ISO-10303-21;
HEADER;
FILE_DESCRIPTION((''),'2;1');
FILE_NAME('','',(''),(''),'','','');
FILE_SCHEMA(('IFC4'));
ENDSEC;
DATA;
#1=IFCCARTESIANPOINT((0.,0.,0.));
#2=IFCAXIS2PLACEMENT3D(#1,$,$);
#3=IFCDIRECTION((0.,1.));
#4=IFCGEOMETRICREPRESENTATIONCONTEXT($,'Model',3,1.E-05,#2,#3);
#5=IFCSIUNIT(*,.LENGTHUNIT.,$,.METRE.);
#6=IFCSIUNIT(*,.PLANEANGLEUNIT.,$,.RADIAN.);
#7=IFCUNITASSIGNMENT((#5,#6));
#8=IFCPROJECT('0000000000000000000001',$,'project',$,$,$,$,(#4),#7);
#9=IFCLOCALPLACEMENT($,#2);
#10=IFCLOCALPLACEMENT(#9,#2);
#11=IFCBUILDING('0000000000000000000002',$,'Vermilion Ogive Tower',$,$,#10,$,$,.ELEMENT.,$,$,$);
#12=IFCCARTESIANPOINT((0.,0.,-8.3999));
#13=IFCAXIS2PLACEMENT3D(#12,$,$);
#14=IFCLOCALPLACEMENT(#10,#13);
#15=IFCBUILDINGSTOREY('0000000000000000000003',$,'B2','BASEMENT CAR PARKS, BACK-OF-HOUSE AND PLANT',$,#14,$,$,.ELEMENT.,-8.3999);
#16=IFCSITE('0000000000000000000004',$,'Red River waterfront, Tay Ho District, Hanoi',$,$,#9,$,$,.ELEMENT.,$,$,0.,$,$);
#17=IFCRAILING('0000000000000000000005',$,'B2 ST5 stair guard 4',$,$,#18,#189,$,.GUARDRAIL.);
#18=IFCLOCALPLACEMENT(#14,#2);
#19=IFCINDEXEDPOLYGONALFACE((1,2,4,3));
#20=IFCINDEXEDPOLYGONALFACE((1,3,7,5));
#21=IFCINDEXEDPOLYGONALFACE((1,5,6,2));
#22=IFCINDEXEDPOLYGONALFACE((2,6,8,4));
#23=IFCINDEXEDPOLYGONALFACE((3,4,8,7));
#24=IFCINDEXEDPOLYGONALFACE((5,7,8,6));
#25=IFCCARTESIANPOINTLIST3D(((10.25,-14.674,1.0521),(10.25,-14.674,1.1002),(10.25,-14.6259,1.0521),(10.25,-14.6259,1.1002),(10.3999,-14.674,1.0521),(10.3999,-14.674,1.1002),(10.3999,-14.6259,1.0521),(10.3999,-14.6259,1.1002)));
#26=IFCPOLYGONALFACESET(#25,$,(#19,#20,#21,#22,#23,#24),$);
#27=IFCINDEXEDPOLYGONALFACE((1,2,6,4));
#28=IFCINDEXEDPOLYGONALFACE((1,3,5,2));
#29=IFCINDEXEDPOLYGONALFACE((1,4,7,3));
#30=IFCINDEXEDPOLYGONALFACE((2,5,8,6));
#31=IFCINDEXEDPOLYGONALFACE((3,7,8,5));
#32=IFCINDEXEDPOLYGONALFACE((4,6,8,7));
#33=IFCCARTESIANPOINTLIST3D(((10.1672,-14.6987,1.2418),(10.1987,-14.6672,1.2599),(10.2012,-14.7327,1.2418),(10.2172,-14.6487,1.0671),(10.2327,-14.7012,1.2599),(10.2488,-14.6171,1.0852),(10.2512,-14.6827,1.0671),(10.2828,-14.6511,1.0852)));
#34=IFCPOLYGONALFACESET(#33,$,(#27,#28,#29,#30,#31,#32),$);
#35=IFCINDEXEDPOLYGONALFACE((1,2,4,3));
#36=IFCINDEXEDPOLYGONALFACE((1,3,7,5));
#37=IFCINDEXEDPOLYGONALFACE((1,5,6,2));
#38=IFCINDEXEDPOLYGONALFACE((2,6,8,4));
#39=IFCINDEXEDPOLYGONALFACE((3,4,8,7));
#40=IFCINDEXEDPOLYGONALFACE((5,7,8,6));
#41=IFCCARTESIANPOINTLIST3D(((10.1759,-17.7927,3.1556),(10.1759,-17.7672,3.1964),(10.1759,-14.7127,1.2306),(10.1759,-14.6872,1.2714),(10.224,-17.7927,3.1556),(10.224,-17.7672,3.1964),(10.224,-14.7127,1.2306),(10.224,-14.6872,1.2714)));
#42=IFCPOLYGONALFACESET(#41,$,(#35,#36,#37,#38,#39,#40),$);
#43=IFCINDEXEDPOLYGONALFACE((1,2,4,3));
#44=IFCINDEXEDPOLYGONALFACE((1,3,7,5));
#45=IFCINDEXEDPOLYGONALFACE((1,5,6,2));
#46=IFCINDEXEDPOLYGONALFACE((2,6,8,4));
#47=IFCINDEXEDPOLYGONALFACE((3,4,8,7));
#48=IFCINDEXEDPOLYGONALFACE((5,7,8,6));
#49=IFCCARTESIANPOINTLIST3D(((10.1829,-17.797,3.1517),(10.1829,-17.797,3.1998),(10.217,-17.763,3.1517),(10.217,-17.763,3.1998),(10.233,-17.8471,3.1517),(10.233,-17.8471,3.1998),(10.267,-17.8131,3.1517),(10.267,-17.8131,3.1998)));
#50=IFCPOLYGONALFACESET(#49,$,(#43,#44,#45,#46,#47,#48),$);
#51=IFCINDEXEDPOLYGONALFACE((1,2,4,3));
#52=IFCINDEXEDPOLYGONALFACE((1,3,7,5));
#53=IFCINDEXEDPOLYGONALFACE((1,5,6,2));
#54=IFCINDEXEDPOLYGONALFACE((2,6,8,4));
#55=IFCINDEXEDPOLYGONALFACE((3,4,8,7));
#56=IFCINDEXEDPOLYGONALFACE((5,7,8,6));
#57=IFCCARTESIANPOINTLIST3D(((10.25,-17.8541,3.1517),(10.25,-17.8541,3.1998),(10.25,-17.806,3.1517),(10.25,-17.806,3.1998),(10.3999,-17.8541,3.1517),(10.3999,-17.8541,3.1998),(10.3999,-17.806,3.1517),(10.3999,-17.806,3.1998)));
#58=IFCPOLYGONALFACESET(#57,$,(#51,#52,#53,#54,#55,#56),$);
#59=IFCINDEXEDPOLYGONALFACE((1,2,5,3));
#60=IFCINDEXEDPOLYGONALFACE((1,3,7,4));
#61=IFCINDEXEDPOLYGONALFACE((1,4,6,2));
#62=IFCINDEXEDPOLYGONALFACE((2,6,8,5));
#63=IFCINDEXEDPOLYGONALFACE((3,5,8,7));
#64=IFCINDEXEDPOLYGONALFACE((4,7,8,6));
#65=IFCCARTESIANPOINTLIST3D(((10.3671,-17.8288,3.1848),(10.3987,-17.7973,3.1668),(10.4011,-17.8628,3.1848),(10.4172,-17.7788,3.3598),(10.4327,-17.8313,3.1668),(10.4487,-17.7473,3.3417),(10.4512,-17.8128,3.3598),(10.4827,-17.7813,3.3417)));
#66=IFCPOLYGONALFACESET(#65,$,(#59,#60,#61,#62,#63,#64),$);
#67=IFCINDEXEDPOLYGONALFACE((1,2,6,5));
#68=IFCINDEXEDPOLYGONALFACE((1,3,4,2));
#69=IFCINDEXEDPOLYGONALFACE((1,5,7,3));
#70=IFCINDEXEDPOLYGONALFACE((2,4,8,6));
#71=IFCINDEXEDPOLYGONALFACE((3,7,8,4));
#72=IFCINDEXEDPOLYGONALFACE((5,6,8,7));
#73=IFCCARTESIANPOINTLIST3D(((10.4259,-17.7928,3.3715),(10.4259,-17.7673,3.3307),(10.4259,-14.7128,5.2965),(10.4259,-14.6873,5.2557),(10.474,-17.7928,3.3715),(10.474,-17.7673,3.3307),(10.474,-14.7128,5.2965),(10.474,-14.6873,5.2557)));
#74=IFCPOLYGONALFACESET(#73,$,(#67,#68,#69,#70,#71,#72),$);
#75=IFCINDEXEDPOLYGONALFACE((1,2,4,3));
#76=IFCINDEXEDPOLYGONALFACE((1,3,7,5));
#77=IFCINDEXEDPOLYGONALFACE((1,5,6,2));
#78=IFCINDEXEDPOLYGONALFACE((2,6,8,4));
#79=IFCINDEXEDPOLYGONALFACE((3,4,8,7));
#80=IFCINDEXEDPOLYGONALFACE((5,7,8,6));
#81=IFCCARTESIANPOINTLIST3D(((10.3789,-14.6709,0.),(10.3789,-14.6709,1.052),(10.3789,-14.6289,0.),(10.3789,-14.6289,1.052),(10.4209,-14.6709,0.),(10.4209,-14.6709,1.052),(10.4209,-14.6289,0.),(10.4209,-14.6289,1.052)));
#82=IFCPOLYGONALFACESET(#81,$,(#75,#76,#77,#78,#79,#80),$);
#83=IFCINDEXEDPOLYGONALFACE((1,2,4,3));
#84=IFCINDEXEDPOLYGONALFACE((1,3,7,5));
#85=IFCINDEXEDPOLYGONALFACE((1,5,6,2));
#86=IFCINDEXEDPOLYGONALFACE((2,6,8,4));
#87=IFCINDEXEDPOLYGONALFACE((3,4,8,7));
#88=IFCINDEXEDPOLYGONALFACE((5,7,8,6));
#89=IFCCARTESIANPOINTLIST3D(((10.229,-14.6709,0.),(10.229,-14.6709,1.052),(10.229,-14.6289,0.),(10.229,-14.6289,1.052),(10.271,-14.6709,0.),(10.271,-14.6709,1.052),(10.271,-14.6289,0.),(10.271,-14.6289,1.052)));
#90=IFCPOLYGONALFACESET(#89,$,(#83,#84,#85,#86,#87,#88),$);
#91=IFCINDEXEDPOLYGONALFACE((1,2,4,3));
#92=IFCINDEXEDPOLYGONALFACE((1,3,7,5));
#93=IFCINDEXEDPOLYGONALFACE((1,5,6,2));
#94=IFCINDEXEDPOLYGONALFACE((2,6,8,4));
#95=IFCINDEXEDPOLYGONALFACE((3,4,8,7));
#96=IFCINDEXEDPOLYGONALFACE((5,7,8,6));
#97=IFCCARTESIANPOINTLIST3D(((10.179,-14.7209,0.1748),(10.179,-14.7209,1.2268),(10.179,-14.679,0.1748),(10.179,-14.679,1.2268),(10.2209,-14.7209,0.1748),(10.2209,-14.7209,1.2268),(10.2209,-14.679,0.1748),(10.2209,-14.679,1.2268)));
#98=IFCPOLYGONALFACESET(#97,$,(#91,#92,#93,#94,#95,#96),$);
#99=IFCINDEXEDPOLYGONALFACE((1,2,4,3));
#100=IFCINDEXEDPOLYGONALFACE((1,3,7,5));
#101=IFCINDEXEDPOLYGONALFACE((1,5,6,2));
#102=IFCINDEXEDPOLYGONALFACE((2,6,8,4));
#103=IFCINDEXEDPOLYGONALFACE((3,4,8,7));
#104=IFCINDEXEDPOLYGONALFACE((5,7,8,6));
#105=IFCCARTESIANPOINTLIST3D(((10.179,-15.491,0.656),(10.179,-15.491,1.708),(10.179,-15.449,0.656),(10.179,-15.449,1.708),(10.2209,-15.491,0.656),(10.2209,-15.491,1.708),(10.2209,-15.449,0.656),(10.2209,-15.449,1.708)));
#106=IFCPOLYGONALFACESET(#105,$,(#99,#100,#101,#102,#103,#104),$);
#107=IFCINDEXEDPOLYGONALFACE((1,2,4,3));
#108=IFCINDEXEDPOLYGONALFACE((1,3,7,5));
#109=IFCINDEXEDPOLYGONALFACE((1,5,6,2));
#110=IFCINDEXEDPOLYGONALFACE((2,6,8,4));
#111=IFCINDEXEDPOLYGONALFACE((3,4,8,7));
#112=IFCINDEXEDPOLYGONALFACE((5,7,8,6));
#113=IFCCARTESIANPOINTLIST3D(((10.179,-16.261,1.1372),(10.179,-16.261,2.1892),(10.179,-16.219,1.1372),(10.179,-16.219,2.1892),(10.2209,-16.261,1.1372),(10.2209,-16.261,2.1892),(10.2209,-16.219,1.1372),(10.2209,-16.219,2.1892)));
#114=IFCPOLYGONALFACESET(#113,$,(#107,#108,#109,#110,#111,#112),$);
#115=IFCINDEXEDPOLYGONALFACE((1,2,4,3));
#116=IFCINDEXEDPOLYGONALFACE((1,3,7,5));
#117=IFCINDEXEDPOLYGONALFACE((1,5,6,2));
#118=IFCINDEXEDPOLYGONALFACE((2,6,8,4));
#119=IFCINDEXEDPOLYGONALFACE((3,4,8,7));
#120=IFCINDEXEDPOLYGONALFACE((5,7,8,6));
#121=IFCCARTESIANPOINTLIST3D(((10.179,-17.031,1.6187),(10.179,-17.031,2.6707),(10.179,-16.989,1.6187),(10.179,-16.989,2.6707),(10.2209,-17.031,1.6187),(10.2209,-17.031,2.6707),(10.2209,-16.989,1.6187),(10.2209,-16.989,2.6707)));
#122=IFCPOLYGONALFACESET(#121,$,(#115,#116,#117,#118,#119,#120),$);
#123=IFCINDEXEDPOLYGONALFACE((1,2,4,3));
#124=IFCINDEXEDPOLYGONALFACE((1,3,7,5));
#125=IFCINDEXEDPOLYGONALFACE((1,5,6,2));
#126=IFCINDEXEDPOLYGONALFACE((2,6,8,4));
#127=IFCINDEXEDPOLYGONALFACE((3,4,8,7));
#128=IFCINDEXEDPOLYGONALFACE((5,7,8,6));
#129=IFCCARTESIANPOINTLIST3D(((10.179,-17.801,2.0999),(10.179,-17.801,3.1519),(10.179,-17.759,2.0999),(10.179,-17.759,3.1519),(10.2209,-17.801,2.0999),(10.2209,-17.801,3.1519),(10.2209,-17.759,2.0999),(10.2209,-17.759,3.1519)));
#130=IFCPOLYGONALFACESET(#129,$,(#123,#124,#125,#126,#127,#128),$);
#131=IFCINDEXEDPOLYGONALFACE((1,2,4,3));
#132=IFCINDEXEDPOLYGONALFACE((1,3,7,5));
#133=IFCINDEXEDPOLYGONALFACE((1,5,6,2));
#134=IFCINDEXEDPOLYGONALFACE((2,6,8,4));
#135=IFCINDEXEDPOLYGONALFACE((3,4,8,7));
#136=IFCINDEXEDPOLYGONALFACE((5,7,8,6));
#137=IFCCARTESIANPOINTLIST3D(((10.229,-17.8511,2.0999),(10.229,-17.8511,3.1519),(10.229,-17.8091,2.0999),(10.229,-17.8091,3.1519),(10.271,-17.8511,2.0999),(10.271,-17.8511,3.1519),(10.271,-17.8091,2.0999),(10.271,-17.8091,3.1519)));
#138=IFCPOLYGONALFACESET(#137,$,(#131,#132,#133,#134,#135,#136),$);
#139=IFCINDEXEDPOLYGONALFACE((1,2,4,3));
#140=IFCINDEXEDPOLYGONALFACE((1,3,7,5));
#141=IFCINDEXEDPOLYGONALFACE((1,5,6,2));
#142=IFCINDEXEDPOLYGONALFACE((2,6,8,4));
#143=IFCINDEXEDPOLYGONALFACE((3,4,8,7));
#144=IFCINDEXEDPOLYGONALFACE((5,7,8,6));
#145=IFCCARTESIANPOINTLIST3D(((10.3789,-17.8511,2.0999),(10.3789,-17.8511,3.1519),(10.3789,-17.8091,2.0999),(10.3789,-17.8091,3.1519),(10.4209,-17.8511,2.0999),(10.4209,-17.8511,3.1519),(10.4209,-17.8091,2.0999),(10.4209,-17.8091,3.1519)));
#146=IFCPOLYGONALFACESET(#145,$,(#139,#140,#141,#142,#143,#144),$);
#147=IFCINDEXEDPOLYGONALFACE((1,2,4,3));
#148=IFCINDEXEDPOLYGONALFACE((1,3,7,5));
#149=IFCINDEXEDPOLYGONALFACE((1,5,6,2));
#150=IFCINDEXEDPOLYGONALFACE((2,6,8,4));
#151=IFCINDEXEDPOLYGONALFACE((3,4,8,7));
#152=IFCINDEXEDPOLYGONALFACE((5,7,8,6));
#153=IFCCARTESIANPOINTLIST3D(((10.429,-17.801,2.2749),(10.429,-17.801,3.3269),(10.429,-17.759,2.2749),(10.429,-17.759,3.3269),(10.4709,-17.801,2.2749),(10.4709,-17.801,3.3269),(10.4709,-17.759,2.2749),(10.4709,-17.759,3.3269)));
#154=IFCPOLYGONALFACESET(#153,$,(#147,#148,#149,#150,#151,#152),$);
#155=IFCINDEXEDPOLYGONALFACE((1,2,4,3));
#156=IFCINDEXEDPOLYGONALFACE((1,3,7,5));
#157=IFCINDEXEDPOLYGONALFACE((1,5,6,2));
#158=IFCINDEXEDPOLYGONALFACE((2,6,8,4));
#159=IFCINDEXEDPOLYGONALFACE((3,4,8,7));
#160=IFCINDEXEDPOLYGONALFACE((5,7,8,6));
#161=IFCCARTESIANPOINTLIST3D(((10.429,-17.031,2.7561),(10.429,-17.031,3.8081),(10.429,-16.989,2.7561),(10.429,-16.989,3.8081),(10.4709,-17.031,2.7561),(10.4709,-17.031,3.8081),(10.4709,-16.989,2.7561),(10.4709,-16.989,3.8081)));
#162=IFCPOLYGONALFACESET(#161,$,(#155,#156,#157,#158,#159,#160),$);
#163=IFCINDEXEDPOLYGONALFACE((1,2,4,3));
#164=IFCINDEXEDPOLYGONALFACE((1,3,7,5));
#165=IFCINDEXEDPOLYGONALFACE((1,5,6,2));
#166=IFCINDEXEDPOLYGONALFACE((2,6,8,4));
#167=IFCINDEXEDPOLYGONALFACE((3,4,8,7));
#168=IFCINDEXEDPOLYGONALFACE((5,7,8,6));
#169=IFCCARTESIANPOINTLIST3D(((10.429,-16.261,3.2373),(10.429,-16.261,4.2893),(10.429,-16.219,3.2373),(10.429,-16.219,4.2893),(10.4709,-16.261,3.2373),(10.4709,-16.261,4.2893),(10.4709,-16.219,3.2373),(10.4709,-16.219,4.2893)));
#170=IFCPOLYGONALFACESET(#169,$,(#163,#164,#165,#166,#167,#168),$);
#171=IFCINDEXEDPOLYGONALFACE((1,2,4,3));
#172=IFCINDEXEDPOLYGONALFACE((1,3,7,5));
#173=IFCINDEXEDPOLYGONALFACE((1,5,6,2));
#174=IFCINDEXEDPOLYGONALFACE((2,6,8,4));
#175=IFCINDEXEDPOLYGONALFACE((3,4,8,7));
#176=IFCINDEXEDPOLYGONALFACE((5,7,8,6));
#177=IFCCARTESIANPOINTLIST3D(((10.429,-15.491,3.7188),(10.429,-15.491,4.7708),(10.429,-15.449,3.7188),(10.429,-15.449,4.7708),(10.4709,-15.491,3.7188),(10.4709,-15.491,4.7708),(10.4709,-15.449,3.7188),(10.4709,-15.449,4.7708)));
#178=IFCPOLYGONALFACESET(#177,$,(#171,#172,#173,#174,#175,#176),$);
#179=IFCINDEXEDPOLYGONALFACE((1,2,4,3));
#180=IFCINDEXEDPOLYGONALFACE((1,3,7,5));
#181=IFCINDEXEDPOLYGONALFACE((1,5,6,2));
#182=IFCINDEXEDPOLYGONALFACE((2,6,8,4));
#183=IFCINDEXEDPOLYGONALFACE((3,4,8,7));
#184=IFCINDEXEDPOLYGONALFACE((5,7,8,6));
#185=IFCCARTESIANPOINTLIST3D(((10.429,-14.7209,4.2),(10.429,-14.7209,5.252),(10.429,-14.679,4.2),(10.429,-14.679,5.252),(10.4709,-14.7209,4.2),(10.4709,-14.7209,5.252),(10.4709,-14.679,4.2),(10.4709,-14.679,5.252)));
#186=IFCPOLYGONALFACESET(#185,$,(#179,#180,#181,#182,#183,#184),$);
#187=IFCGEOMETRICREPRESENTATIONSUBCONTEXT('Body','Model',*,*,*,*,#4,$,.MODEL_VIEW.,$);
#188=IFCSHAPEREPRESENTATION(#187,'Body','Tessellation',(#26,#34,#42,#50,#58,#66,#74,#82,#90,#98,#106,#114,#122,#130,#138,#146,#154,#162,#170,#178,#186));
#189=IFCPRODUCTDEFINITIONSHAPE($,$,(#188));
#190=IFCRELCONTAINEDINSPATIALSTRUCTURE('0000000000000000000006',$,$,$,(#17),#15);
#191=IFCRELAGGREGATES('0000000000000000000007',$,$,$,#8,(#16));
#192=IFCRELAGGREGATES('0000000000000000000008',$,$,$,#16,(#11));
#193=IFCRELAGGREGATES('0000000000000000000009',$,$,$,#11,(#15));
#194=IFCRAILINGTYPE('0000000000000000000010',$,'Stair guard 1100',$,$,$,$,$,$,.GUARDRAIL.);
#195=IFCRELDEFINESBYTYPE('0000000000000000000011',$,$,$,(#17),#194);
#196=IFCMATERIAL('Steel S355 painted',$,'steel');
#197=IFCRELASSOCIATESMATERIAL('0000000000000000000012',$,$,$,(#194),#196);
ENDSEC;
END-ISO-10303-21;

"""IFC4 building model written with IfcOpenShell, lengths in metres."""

from ifc_helpers import new_model, si_unit, direction, frame, origin, origin_2d, place, context, subcontext, project, spatial, rectangle, extrude, material, type_object, element, save


model = new_model("IFC4")

# Units and contexts
model_context = context("Model", 3, precision=1e-05, world=origin(), true_north=direction((0.0, 1.0)))
body_context = subcontext(model_context, "Body", "Model", "MODEL_VIEW")
ifc_project = project(units=[si_unit("LENGTHUNIT", "METRE"), si_unit("PLANEANGLEUNIT", "RADIAN")], contexts=[model_context])

# Site, building, storey
site_placement = place(None, origin())
site = spatial("IfcSite", under=ifc_project, at=site_placement, Name="Red River waterfront, Tay Ho District, Hanoi", CompositionType="ELEMENT", RefElevation=0.0)
building_placement = place(site_placement, origin())
building = spatial("IfcBuilding", under=site, at=building_placement, Name="Vermilion Ogive Tower", CompositionType="ELEMENT")
storey_placement = place(building_placement, frame((0.0, 0.0, -8.3999)))
storey = spatial("IfcBuildingStorey", under=building, at=storey_placement, Name="B2", Description="BASEMENT CAR PARKS, BACK-OF-HOUSE AND PLANT", CompositionType="ELEMENT", Elevation=-8.3999)

# Railing
ifc_material_1 = material(Name="Steel S355 painted", Category="steel")
railing_type_1 = type_object("IfcRailingType", Name="Stair guard 1100", PredefinedType="GUARDRAIL", material=ifc_material_1)
railing_1_placement = place(storey_placement, frame((10.3999, -14.6499, 0.0)))
element("IfcRailing", 1, at=railing_1_placement, inside=storey, type_object=railing_type_1, Name="B2 ST5 stair guard 4", PredefinedType="GUARDRAIL", context=body_context, shape_type="SweptSolid", body=[
    extrude(rectangle(XDim=0.0481, YDim=0.0481, at=origin_2d()), frame((0.0, 0.0, 1.0762), z_axis=(-1.0, 0.0, 0.0), x_axis=(0.0, -1.0, 0.0)), (0.0, 0.0, 1.0), 0.1499),
    extrude(rectangle(XDim=0.0481, YDim=0.0481, at=origin_2d()), frame((-0.1499, 0.0, 1.0762), z_axis=(-0.265383, -0.265383, 0.9269), x_axis=(0.707107, -0.707107, 0.0)), (0.0, 0.0, 1.0), 0.1885),
    extrude(rectangle(XDim=0.0481, YDim=0.0481, at=origin_2d()), frame((-0.2, -0.05, 1.251), z_axis=(0.0, -0.847998, 0.529999), x_axis=(1.0, 0.0, 0.0)), (0.0, 0.0, 1.0), 3.6321),
    extrude(rectangle(XDim=0.0481, YDim=0.0481, at=origin_2d()), frame((-0.2, -3.1301, 3.1758), z_axis=(0.707107, -0.707107, 0.0), x_axis=(0.707107, 0.707107, 0.0)), (0.0, 0.0, 1.0), 0.0708),
    extrude(rectangle(XDim=0.0481, YDim=0.0481, at=origin_2d()), frame((-0.1499, -3.1802, 3.1758), z_axis=(1.0, 0.0, 0.0), x_axis=(0.0, 1.0, 0.0)), (0.0, 0.0, 1.0), 0.1499),
    extrude(rectangle(XDim=0.0481, YDim=0.0481, at=origin_2d()), frame((0.0, -3.1802, 3.1758), z_axis=(0.265065, 0.265065, 0.927082), x_axis=(-0.707107, 0.707107, 0.0)), (0.0, 0.0, 1.0), 0.1887),
    extrude(rectangle(XDim=0.0481, YDim=0.0481, at=origin_2d()), frame((0.05, -3.1301, 3.3511), z_axis=(0.0, 0.847998, 0.529999), x_axis=(-1.0, 0.0, 0.0)), (0.0, 0.0, 1.0), 3.6321),
    extrude(rectangle(XDim=0.042, YDim=0.042, at=origin_2d()), origin(), (0.0, 0.0, 1.0), 1.052),
    extrude(rectangle(XDim=0.042, YDim=0.042, at=origin_2d()), frame((-0.1499, 0.0, 0.0)), (0.0, 0.0, 1.0), 1.052),
    extrude(rectangle(XDim=0.042, YDim=0.042, at=origin_2d()), frame((-0.2, -0.05, 0.1748)), (0.0, 0.0, 1.0), 1.052),
    extrude(rectangle(XDim=0.042, YDim=0.042, at=origin_2d()), frame((-0.2, -0.8201, 0.656)), (0.0, 0.0, 1.0), 1.052),
    extrude(rectangle(XDim=0.042, YDim=0.042, at=origin_2d()), frame((-0.2, -1.5901, 1.1372)), (0.0, 0.0, 1.0), 1.052),
    extrude(rectangle(XDim=0.042, YDim=0.042, at=origin_2d()), frame((-0.2, -2.3601, 1.6187)), (0.0, 0.0, 1.0), 1.052),
    extrude(rectangle(XDim=0.042, YDim=0.042, at=origin_2d()), frame((-0.2, -3.1301, 2.0999)), (0.0, 0.0, 1.0), 1.052),
    extrude(rectangle(XDim=0.042, YDim=0.042, at=origin_2d()), frame((-0.1499, -3.1802, 2.0999)), (0.0, 0.0, 1.0), 1.052),
    extrude(rectangle(XDim=0.042, YDim=0.042, at=origin_2d()), frame((0.0, -3.1802, 2.0999)), (0.0, 0.0, 1.0), 1.052),
    extrude(rectangle(XDim=0.042, YDim=0.042, at=origin_2d()), frame((0.05, -3.1301, 2.2749)), (0.0, 0.0, 1.0), 1.052),
    extrude(rectangle(XDim=0.042, YDim=0.042, at=origin_2d()), frame((0.05, -2.3601, 2.7561)), (0.0, 0.0, 1.0), 1.052),
    extrude(rectangle(XDim=0.042, YDim=0.042, at=origin_2d()), frame((0.05, -1.5901, 3.2373)), (0.0, 0.0, 1.0), 1.052),
    extrude(rectangle(XDim=0.042, YDim=0.042, at=origin_2d()), frame((0.05, -0.8201, 3.7188)), (0.0, 0.0, 1.0), 1.052),
    extrude(rectangle(XDim=0.042, YDim=0.042, at=origin_2d()), frame((0.05, -0.05, 4.2)), (0.0, 0.0, 1.0), 1.052),
])

save(model, "model.ifc")
